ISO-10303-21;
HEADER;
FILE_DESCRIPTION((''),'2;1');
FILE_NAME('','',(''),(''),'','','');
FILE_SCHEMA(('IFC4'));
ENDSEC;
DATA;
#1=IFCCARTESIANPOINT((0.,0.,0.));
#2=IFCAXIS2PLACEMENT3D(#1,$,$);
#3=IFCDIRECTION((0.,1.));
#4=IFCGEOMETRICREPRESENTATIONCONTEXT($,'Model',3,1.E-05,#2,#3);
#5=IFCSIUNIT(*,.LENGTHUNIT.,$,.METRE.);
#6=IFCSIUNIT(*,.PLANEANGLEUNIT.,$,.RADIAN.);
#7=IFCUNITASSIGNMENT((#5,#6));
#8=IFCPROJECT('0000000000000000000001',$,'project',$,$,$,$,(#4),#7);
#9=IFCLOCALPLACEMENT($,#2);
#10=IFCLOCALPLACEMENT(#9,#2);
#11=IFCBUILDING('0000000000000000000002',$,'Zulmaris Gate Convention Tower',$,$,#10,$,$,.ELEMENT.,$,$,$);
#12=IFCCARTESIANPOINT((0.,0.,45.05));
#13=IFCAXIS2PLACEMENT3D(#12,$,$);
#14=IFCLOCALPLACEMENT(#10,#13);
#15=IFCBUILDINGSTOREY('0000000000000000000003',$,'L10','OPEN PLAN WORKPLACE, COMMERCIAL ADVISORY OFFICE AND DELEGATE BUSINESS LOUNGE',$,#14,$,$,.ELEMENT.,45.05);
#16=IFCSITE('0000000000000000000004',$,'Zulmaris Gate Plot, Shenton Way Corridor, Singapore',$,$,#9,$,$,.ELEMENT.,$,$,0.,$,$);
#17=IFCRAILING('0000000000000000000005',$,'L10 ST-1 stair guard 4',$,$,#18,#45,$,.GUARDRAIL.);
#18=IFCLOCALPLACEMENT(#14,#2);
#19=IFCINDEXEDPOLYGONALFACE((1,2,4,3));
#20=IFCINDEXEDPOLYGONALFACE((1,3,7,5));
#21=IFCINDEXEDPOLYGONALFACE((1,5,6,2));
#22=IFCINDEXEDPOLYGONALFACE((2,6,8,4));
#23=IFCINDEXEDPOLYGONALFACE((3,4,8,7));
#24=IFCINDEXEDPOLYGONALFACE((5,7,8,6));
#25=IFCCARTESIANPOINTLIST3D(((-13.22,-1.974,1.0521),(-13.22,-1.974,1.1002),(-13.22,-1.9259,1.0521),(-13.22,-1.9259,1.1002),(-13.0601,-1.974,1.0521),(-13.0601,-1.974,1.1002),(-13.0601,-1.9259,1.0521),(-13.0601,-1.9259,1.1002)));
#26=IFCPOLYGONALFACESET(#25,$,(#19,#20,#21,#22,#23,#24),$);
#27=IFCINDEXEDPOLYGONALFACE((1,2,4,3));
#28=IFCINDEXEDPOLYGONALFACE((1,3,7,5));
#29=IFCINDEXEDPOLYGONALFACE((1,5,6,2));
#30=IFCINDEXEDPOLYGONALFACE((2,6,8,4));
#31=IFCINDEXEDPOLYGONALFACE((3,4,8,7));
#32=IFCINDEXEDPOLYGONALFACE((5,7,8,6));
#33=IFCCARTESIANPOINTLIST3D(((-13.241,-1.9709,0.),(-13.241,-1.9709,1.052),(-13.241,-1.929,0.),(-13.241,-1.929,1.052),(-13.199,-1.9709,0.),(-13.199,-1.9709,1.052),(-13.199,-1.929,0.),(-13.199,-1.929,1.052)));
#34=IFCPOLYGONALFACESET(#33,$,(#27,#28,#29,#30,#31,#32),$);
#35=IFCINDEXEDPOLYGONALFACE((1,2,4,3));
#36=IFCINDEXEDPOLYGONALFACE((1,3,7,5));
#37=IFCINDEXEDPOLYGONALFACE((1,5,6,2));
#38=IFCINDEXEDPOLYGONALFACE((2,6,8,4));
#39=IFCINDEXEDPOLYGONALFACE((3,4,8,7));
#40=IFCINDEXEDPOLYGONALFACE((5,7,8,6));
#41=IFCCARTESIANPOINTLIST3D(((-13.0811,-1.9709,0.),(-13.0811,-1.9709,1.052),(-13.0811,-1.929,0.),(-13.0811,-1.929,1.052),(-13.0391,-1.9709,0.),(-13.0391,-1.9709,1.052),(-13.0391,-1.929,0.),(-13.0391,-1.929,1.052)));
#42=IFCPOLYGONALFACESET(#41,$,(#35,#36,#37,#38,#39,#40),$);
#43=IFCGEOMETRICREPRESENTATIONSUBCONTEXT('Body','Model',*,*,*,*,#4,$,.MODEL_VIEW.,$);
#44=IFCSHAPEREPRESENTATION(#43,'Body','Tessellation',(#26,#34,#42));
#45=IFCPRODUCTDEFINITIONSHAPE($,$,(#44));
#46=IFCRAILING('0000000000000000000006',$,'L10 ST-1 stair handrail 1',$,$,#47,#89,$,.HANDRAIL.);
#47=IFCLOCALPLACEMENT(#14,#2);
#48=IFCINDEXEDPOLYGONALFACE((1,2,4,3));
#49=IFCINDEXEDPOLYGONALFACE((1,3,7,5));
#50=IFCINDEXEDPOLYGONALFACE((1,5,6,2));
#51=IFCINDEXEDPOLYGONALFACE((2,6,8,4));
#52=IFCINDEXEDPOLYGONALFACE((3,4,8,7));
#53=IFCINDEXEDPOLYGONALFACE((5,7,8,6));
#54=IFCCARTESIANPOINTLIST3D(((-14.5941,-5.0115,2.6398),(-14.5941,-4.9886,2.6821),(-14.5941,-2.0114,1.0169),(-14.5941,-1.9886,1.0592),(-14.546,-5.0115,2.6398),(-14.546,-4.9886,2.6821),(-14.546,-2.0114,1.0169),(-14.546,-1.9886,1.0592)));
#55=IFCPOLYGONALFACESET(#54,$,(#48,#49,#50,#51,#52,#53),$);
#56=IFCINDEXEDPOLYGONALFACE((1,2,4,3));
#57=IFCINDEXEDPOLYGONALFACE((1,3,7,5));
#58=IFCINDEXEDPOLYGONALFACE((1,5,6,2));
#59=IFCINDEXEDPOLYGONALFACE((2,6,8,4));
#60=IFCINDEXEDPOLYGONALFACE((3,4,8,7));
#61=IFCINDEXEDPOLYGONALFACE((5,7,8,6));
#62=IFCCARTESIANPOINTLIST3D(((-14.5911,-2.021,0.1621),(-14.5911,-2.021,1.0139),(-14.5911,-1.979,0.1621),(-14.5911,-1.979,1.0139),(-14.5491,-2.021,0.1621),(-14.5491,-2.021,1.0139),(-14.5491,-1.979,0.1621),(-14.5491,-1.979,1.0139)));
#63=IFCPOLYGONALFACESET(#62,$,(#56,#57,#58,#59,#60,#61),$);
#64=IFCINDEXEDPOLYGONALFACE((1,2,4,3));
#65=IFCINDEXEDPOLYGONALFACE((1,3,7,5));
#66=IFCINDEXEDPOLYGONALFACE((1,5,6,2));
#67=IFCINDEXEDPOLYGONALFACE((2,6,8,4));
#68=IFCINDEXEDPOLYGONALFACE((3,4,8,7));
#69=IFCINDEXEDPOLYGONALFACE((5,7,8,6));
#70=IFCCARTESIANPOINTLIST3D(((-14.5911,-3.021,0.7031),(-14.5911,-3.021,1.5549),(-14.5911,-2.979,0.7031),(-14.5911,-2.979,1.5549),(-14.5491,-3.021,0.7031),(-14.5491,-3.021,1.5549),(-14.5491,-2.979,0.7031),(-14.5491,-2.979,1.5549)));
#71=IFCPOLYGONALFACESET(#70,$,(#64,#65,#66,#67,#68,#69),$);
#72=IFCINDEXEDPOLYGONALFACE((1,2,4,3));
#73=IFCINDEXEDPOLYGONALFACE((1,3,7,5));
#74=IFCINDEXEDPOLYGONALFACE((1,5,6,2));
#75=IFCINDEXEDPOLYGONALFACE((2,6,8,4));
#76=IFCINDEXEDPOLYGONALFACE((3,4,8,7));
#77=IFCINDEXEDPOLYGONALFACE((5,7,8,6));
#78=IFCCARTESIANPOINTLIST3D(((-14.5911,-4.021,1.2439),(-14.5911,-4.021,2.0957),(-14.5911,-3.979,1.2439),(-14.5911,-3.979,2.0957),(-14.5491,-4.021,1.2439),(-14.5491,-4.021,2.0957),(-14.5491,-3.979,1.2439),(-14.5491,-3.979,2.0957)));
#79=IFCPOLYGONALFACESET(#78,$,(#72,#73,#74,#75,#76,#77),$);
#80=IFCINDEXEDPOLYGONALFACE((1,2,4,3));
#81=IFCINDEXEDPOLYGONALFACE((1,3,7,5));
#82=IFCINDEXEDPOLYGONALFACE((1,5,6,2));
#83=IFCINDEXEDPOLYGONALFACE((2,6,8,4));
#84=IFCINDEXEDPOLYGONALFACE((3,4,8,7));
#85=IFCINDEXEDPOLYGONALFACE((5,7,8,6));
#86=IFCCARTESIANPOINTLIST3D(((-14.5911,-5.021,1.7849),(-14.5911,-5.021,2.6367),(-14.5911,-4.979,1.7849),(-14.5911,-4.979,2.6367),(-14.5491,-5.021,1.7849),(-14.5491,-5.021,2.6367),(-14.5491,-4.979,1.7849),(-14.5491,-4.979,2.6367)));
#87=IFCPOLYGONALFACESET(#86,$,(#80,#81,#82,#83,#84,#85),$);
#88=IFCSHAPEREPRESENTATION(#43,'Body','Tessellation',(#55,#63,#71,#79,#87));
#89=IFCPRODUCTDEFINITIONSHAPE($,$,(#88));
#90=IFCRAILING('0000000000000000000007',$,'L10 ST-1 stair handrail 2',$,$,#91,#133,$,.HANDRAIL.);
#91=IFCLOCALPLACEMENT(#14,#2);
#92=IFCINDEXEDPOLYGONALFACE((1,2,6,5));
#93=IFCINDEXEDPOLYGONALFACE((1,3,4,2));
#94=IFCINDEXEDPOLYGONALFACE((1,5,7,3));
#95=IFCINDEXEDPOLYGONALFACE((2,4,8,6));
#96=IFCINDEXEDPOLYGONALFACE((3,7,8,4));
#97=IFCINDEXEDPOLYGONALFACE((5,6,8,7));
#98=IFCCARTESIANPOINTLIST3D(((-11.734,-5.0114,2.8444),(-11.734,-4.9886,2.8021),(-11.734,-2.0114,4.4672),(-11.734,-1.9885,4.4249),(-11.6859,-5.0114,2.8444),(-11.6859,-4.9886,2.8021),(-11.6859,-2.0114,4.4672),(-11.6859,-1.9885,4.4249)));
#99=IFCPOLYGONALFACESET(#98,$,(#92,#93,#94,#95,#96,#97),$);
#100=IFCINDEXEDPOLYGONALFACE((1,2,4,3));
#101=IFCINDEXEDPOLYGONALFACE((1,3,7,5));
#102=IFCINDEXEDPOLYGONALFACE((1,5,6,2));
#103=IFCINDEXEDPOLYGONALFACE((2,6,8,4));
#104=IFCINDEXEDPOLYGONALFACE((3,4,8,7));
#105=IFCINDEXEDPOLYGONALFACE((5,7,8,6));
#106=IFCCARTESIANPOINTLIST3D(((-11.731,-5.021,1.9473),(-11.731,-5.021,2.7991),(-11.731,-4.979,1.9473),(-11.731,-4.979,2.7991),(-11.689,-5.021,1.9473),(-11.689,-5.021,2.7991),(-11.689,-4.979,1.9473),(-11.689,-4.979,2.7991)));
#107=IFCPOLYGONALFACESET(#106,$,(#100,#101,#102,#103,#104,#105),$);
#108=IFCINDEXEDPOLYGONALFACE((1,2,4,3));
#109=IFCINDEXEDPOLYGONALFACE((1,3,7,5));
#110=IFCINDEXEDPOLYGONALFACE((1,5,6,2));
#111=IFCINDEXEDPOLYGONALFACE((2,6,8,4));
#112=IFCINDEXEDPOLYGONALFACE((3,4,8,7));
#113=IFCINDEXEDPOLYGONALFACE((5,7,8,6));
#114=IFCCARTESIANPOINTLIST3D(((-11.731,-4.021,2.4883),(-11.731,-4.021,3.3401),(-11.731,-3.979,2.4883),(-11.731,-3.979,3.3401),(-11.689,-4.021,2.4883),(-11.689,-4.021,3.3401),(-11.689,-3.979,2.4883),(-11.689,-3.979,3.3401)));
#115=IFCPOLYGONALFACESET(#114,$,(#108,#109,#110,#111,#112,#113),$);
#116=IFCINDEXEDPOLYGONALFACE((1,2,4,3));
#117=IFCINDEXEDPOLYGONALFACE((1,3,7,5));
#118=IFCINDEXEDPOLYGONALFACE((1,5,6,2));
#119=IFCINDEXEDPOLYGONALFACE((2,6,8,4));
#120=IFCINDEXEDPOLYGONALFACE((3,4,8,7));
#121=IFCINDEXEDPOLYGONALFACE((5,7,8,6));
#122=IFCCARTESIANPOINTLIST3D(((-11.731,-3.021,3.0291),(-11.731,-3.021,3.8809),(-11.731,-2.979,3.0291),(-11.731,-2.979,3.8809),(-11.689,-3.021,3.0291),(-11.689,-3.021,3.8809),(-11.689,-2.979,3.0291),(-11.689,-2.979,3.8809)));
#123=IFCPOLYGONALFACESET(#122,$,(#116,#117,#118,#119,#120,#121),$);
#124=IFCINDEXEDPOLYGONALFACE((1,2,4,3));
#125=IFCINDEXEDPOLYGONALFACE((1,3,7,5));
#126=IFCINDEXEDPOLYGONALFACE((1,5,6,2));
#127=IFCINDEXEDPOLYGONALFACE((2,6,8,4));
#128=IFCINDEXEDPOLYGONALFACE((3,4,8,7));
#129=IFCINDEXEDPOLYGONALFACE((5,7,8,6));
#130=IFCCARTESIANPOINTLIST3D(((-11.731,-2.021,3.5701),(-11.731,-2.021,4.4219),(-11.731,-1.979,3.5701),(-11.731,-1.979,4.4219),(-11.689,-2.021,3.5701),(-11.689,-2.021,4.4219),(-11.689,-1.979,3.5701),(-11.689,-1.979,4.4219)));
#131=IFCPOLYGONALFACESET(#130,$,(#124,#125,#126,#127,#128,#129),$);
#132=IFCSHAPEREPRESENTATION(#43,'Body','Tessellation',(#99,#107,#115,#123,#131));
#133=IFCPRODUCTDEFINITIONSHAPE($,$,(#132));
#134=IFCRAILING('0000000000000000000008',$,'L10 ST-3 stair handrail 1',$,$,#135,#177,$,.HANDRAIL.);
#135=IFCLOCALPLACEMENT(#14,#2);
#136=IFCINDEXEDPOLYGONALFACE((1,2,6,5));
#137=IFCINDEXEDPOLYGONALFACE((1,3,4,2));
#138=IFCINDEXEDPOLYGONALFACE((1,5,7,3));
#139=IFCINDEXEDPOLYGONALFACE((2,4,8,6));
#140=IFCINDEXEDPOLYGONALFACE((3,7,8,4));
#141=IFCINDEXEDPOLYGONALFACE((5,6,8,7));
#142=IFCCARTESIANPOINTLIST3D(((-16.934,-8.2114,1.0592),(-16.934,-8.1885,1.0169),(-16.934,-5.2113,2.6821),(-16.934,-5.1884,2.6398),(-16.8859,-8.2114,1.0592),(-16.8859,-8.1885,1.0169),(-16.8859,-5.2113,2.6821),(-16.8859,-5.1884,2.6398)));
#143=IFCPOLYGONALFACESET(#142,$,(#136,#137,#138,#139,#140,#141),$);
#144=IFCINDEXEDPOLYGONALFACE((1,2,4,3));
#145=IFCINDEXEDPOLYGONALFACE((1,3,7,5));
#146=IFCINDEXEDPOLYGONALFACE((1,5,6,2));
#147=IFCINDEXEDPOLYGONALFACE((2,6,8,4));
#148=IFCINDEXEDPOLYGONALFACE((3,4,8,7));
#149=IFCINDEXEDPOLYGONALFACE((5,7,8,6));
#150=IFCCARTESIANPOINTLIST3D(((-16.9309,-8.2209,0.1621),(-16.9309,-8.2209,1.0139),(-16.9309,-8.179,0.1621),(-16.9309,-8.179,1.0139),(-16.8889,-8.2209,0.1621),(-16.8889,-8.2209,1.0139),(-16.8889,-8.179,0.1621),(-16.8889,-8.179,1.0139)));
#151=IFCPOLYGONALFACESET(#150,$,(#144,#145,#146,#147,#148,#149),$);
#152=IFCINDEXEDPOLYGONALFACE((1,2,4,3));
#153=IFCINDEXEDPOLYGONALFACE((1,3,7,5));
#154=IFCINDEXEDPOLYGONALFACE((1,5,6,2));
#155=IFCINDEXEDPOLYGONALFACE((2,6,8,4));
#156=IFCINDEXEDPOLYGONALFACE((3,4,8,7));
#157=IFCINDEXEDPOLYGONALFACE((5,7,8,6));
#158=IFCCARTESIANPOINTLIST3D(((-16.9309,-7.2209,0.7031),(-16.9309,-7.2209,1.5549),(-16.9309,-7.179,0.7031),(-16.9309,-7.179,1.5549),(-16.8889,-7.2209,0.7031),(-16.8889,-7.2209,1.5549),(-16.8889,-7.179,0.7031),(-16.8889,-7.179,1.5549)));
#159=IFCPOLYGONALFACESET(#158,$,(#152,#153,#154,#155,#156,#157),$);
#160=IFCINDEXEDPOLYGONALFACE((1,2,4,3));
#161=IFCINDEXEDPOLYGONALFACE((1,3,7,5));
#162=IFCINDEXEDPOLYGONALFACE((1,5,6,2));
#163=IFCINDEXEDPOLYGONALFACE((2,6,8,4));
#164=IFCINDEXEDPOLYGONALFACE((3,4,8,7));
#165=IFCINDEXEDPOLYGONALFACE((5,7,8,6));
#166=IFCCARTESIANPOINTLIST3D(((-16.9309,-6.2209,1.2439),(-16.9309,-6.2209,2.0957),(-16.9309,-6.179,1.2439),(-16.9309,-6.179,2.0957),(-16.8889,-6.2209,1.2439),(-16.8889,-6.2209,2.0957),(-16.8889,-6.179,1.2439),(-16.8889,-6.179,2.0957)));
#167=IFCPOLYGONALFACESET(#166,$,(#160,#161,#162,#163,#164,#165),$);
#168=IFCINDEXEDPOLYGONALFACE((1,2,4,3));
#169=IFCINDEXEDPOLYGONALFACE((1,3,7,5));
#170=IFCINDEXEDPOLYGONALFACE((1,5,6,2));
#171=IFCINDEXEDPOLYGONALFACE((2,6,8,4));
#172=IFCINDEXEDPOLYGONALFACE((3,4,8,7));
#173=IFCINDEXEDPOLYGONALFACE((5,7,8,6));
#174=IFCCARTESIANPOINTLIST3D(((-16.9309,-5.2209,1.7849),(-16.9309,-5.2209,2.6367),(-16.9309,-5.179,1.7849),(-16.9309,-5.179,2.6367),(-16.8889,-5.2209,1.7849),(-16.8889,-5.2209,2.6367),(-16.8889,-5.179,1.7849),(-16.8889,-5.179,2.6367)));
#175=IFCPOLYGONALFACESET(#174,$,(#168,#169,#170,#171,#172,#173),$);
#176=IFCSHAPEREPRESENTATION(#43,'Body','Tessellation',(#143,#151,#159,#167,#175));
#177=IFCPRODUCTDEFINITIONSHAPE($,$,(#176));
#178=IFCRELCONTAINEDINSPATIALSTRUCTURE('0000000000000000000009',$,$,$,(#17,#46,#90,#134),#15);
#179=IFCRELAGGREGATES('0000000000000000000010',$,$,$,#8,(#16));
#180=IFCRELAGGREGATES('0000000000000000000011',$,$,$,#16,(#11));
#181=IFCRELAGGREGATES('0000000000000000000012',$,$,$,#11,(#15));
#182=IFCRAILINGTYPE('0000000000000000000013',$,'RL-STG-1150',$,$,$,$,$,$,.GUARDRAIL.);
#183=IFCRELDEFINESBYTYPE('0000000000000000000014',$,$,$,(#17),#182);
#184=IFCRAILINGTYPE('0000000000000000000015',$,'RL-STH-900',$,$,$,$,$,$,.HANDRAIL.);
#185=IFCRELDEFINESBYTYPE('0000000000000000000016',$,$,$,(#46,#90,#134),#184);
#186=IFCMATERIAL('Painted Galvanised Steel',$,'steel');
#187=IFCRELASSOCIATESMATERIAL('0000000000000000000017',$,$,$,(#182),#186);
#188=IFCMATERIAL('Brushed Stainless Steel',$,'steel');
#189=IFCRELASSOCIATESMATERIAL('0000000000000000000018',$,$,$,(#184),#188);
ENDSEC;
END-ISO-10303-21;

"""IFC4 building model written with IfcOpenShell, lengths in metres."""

from ifc_helpers import new_model, si_unit, direction, frame, origin, origin_2d, place, context, subcontext, project, spatial, rectangle, extrude, material, type_object, element, save


model = new_model("IFC4")

# Units and contexts
model_context = context("Model", 3, precision=1e-05, world=origin(), true_north=direction((0.0, 1.0)))
body_context = subcontext(model_context, "Body", "Model", "MODEL_VIEW")
ifc_project = project(units=[si_unit("LENGTHUNIT", "METRE"), si_unit("PLANEANGLEUNIT", "RADIAN")], contexts=[model_context])

# Site, building, storey
site_placement = place(None, origin())
site = spatial("IfcSite", under=ifc_project, at=site_placement, Name="Zulmaris Gate Plot, Shenton Way Corridor, Singapore", CompositionType="ELEMENT", RefElevation=0.0)
building_placement = place(site_placement, origin())
building = spatial("IfcBuilding", under=site, at=building_placement, Name="Zulmaris Gate Convention Tower", CompositionType="ELEMENT")
storey_placement = place(building_placement, frame((0.0, 0.0, 45.05)))
storey = spatial("IfcBuildingStorey", under=building, at=storey_placement, Name="L10", Description="OPEN PLAN WORKPLACE, COMMERCIAL ADVISORY OFFICE AND DELEGATE BUSINESS LOUNGE", CompositionType="ELEMENT", Elevation=45.05)

# Shared definitions
ifc_material_1 = material(Name="Brushed Stainless Steel", Category="steel")

# Railings
ifc_material_2 = material(Name="Painted Galvanised Steel", Category="steel")
railing_type_1 = type_object("IfcRailingType", Name="RL-STG-1150", PredefinedType="GUARDRAIL", material=ifc_material_2)
railing_1_placement = place(storey_placement, frame((-13.22, -1.95, 0.0)))
element("IfcRailing", 1, at=railing_1_placement, inside=storey, type_object=railing_type_1, Name="L10 ST-1 stair guard 4", PredefinedType="GUARDRAIL", context=body_context, shape_type="SweptSolid", body=[
    extrude(rectangle(XDim=0.0481, YDim=0.0481, at=origin_2d()), frame((0.0, 0.0, 1.0762), z_axis=(1.0, 0.0, 0.0), x_axis=(0.0, 1.0, 0.0)), (0.0, 0.0, 1.0), 0.1599),
    extrude(rectangle(XDim=0.042, YDim=0.042, at=origin_2d()), origin(), (0.0, 0.0, 1.0), 1.052),
    extrude(rectangle(XDim=0.042, YDim=0.042, at=origin_2d()), frame((0.1599, 0.0, 0.0)), (0.0, 0.0, 1.0), 1.052),
])
railing_type_2 = type_object("IfcRailingType", Name="RL-STH-900", PredefinedType="HANDRAIL", material=ifc_material_1)
railing_2_placement = place(storey_placement, frame((-14.5701, -2.0, 0.1621)))
element("IfcRailing", 2, at=railing_2_placement, inside=storey, type_object=railing_type_2, Name="L10 ST-1 stair handrail 1", PredefinedType="HANDRAIL", context=body_context, shape_type="SweptSolid", body=[
    extrude(rectangle(XDim=0.0481, YDim=0.0481, at=origin_2d()), frame((0.0, 0.0, 0.876), z_axis=(0.0, -0.879562, 0.475785), x_axis=(1.0, 0.0, 0.0)), (0.0, 0.0, 1.0), 3.4109),
    extrude(rectangle(XDim=0.042, YDim=0.042, at=origin_2d()), origin(), (0.0, 0.0, 1.0), 0.8518),
    extrude(rectangle(XDim=0.042, YDim=0.042, at=origin_2d()), frame((0.0, -1.0, 0.541)), (0.0, 0.0, 1.0), 0.8518),
    extrude(rectangle(XDim=0.042, YDim=0.042, at=origin_2d()), frame((0.0, -2.0, 1.0818)), (0.0, 0.0, 1.0), 0.8518),
    extrude(rectangle(XDim=0.042, YDim=0.042, at=origin_2d()), frame((0.0, -3.0, 1.6228)), (0.0, 0.0, 1.0), 0.8518),
])
for number, where, name in (
    (3, (-11.71, -5.0, 1.9473), "L10 ST-1 stair handrail 2"),
    (4, (-16.9099, -8.2, 0.1621), "L10 ST-3 stair handrail 1"),
):
    element("IfcRailing", number, at=place(storey_placement, frame(where)), inside=storey, type_object=railing_type_2, Name=name, PredefinedType="HANDRAIL", context=body_context, shape_type="SweptSolid", body=[
        extrude(rectangle(XDim=0.0481, YDim=0.0481, at=origin_2d()), frame((0.0, 0.0, 0.876), z_axis=(0.0, 0.879562, 0.475785), x_axis=(-1.0, 0.0, 0.0)), (0.0, 0.0, 1.0), 3.4109),
        extrude(rectangle(XDim=0.042, YDim=0.042, at=origin_2d()), origin(), (0.0, 0.0, 1.0), 0.8518),
        extrude(rectangle(XDim=0.042, YDim=0.042, at=origin_2d()), frame((0.0, 1.0, 0.541)), (0.0, 0.0, 1.0), 0.8518),
        extrude(rectangle(XDim=0.042, YDim=0.042, at=origin_2d()), frame((0.0, 2.0, 1.0818)), (0.0, 0.0, 1.0), 0.8518),
        extrude(rectangle(XDim=0.042, YDim=0.042, at=origin_2d()), frame((0.0, 3.0, 1.6228)), (0.0, 0.0, 1.0), 0.8518),
    ])

save(model, "model.ifc")
